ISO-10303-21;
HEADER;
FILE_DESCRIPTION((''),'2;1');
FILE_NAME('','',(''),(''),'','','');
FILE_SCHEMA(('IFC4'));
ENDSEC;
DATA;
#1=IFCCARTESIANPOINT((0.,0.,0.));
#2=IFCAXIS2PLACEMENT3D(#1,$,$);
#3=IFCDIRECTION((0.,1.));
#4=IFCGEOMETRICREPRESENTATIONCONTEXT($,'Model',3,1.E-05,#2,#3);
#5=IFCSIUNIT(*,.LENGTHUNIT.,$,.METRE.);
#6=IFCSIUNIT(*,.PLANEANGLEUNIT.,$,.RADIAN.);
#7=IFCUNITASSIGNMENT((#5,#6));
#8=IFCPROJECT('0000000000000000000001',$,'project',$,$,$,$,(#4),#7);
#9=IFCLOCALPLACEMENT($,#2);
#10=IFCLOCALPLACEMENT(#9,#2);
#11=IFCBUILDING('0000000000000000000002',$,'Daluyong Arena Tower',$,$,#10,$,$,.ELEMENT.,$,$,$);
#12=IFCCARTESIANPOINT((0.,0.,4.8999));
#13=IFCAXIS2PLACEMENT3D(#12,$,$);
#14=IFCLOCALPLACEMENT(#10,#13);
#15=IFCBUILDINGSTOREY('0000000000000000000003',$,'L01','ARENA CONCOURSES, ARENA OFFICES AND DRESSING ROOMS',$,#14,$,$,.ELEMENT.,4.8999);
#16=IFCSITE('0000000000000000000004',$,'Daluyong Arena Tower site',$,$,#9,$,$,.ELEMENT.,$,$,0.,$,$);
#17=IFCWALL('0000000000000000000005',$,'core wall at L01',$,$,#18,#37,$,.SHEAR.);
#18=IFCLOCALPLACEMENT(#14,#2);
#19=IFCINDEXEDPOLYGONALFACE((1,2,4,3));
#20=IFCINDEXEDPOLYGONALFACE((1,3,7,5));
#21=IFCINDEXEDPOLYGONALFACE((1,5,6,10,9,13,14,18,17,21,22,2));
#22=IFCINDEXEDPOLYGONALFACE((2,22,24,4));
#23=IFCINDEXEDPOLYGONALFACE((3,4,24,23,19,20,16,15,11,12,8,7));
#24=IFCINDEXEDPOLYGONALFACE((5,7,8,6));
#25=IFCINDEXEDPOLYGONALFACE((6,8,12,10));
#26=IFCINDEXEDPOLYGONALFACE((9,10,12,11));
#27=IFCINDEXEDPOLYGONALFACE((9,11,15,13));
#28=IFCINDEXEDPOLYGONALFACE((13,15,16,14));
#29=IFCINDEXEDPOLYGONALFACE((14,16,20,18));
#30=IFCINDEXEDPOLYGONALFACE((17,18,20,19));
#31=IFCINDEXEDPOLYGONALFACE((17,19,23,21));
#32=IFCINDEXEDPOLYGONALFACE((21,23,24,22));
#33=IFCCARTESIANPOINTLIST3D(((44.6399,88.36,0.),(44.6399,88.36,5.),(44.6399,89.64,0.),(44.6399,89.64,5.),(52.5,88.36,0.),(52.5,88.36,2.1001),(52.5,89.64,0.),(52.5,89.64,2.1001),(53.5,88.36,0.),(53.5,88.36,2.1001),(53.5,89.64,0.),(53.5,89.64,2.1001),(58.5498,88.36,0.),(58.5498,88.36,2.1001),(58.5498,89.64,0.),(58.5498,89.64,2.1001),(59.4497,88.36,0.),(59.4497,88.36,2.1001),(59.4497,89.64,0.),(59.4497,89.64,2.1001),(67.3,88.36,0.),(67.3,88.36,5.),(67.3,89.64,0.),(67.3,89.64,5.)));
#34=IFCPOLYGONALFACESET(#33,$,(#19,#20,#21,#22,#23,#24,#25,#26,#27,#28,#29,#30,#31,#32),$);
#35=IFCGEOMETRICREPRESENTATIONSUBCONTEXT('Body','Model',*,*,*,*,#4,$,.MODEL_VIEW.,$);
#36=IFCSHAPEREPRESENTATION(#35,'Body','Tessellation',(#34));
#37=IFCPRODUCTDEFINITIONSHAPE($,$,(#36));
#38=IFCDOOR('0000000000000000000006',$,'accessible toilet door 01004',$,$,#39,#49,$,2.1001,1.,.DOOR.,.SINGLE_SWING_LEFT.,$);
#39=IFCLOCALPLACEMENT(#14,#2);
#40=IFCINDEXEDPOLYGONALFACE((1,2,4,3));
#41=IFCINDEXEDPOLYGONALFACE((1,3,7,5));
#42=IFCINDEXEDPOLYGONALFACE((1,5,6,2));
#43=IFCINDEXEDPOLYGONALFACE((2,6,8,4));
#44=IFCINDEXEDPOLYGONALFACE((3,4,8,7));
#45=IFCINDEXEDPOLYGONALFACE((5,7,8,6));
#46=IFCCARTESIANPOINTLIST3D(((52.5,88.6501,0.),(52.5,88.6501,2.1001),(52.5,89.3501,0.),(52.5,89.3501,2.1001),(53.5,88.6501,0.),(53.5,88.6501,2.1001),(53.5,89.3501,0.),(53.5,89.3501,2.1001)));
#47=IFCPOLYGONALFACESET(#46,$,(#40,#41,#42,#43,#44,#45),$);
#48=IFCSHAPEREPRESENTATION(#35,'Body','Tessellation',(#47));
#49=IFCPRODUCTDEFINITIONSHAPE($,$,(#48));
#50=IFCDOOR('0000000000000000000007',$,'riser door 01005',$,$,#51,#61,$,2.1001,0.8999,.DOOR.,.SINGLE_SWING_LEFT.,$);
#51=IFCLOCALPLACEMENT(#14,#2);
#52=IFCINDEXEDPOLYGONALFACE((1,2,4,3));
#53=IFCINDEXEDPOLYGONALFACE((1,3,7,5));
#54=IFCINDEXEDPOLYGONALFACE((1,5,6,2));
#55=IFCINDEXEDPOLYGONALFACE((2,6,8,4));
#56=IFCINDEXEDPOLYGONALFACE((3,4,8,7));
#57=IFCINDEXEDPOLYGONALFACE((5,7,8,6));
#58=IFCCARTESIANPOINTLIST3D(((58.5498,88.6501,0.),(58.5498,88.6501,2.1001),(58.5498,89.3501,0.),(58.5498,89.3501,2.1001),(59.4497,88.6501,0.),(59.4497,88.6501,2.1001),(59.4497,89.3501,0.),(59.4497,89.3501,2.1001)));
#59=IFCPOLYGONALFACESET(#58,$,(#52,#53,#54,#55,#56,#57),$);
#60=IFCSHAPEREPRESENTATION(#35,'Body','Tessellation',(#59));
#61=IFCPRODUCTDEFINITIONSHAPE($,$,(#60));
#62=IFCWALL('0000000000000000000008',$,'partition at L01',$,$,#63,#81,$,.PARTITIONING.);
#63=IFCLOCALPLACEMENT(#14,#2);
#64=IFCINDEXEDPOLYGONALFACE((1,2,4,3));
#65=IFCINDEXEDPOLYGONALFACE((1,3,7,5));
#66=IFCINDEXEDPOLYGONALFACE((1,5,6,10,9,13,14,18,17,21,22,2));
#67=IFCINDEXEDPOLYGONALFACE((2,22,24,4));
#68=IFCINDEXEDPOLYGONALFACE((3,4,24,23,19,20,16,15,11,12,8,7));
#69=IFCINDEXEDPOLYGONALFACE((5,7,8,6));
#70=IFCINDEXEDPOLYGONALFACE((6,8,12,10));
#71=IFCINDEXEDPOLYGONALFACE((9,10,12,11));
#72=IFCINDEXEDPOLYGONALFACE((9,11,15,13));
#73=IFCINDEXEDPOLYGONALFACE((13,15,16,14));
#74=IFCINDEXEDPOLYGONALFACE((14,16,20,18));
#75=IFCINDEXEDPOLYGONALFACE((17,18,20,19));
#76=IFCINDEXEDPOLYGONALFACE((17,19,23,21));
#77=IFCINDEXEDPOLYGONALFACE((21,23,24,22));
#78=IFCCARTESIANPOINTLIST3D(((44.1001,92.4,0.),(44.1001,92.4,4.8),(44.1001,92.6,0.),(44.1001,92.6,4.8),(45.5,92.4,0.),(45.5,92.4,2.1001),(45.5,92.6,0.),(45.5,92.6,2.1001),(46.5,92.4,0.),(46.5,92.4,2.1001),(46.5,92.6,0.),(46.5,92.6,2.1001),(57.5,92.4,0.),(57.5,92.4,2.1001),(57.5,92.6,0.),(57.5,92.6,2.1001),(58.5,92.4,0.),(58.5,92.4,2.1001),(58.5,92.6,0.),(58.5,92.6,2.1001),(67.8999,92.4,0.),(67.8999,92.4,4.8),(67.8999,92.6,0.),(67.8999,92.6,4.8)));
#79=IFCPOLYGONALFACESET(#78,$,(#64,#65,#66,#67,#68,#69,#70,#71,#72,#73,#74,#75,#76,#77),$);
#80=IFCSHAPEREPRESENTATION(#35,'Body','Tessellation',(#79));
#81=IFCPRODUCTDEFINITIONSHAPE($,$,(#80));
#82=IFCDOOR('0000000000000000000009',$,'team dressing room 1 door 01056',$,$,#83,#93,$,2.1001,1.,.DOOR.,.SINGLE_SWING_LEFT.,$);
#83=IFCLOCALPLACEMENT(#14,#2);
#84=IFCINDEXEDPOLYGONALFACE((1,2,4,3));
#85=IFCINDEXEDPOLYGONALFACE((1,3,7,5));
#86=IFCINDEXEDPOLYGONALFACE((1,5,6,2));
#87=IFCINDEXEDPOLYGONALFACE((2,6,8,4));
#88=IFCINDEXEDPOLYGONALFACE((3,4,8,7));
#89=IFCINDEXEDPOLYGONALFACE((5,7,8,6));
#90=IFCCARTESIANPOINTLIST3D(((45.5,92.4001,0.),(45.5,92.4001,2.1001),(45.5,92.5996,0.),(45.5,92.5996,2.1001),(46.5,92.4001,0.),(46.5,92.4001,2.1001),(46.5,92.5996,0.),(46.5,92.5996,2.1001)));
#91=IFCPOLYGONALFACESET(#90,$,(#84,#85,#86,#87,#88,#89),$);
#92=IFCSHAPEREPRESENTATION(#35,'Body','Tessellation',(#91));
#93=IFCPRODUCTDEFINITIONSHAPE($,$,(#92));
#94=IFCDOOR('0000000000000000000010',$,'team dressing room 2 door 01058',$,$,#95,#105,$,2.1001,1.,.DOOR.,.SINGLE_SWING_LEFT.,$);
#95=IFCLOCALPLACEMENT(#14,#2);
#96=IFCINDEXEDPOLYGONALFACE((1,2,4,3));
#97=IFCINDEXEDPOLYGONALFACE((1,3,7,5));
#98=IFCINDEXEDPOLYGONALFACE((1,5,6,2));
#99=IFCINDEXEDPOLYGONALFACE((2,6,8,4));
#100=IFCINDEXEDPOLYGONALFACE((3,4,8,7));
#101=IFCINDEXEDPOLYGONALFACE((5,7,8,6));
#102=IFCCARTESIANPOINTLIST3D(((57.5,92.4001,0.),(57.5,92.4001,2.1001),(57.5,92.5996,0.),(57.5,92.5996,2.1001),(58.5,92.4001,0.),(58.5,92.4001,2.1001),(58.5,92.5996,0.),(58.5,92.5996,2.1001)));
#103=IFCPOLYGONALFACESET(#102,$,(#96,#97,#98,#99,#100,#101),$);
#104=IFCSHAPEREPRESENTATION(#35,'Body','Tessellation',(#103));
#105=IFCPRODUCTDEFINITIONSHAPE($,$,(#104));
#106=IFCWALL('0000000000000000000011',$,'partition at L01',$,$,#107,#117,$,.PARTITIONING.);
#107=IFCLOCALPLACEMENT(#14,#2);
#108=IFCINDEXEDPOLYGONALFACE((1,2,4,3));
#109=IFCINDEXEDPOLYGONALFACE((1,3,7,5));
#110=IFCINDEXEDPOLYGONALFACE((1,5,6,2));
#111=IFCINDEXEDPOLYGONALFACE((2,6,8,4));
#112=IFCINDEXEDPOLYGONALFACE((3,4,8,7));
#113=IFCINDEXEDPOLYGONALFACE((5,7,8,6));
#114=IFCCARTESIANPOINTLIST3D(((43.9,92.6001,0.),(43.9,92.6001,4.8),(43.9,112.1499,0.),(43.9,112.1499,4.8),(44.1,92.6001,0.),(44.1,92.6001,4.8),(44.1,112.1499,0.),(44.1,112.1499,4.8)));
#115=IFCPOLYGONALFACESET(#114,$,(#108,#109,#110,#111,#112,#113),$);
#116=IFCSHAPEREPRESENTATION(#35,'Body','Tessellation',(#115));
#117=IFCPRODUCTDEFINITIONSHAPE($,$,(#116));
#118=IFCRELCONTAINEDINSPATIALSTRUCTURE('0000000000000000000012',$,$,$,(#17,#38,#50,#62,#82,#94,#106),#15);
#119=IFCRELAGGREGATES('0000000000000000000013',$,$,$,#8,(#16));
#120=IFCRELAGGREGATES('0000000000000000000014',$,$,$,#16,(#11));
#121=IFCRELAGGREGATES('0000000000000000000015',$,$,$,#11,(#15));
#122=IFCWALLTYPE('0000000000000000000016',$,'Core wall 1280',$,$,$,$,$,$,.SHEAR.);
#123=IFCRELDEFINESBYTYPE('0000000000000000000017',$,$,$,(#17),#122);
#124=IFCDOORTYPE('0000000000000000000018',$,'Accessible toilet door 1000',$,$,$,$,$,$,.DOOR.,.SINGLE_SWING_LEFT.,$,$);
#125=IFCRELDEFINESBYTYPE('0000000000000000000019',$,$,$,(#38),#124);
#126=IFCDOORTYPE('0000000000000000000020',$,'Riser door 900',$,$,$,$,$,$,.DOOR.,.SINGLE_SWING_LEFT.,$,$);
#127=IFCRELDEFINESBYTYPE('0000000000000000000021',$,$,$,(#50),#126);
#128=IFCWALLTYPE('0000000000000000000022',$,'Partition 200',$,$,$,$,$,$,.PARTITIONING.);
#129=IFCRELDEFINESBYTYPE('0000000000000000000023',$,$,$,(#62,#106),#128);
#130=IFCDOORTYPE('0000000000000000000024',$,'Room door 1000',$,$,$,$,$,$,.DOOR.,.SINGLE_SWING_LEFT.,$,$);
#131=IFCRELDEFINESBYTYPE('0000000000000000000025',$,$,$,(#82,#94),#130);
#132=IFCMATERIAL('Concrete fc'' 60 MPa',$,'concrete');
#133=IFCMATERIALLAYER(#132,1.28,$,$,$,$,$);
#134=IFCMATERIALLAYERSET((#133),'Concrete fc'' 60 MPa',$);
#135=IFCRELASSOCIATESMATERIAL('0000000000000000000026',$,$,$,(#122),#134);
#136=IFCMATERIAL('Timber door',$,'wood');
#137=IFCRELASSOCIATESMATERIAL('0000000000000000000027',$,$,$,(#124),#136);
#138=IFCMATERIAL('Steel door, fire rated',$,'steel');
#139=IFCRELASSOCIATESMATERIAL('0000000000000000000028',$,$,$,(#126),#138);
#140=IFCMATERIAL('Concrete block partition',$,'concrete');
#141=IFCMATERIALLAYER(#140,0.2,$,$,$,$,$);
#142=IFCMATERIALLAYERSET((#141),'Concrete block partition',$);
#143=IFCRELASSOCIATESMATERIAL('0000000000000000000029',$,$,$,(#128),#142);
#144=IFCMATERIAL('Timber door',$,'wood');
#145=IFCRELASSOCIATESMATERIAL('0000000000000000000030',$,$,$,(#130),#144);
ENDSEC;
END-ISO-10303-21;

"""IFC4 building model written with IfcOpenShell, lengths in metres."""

from ifc_helpers import new_model, si_unit, direction, frame, frame_2d, origin, place, context, subcontext, project, spatial, rectangle, extrude, material, layer, layer_set, type_object, element, fill, save


model = new_model("IFC4")

# Units and contexts
model_context = context("Model", 3, precision=1e-05, world=origin(), true_north=direction((0.0, 1.0)))
body_context = subcontext(model_context, "Body", "Model", "MODEL_VIEW")
ifc_project = project(units=[si_unit("LENGTHUNIT", "METRE"), si_unit("PLANEANGLEUNIT", "RADIAN")], contexts=[model_context])

# Site, building, storey
site_placement = place(None, origin())
site = spatial("IfcSite", under=ifc_project, at=site_placement, Name="Daluyong Arena Tower site", CompositionType="ELEMENT", RefElevation=0.0)
building_placement = place(site_placement, origin())
building = spatial("IfcBuilding", under=site, at=building_placement, Name="Daluyong Arena Tower", CompositionType="ELEMENT")
storey_placement = place(building_placement, frame((0.0, 0.0, 4.8999)))
storey = spatial("IfcBuildingStorey", under=building, at=storey_placement, Name="L01", Description="ARENA CONCOURSES, ARENA OFFICES AND DRESSING ROOMS", CompositionType="ELEMENT", Elevation=4.8999)

# Walls, openings, doors
ifc_material_1 = material(Name="Concrete fc' 60 MPa", Category="concrete")
ifc_layer_1 = layer(ifc_material_1, 1.28)
ifc_layer_set_1 = layer_set([ifc_layer_1], Name="Concrete fc' 60 MPa")
wall_type_1 = type_object("IfcWallType", Name="Core wall 1280", PredefinedType="SHEAR", material=ifc_layer_set_1)
wall_1_placement = place(storey_placement, frame((44.6399, 89.0, 0.0), z_axis=(0.0, 0.0, 1.0), x_axis=(1.0, 0.0, 0.0)))
wall_1 = element("IfcWall", 1, at=wall_1_placement, inside=storey, type_object=wall_type_1, Name="core wall at L01", PredefinedType="SHEAR", context=body_context, shape_type="SweptSolid", body=[
    extrude(rectangle(XDim=22.6602, YDim=1.28, at=frame_2d((11.3301, 0.0))), origin(), (0.0, 0.0, 1.0), 5.0),
])
opening_1_placement = place(wall_1_placement, frame((7.8601, 0.0, 0.0)))
opening_1 = element("IfcOpeningElement", 2, at=opening_1_placement, cuts=wall_1, PredefinedType="OPENING", context=body_context, shape_type="SweptSolid", body=[
    extrude(rectangle(XDim=1.0, YDim=2.1001, at=frame_2d((0.5, 1.05))), frame((0.0, 0.6499, 0.0), z_axis=(0.0, -1.0, 0.0), x_axis=(1.0, 0.0, 0.0)), (0.0, 0.0, 1.0), 1.3),
])
opening_2_placement = place(wall_1_placement, frame((13.9099, 0.0, 0.0)))
opening_2 = element("IfcOpeningElement", 3, at=opening_2_placement, cuts=wall_1, PredefinedType="OPENING", context=body_context, shape_type="SweptSolid", body=[
    extrude(rectangle(XDim=0.8999, YDim=2.1001, at=frame_2d((0.45, 1.05))), frame((0.0, 0.6499, 0.0), z_axis=(0.0, -1.0, 0.0), x_axis=(1.0, 0.0, 0.0)), (0.0, 0.0, 1.0), 1.3),
])
ifc_material_2 = material(Name="Timber door", Category="wood")
door_type_1 = type_object("IfcDoorType", Name="Accessible toilet door 1000", OperationType="SINGLE_SWING_LEFT", PredefinedType="DOOR", material=ifc_material_2)
door_1_placement = place(opening_1_placement, origin())
door_1 = element("IfcDoor", 4, at=door_1_placement, inside=storey, type_object=door_type_1, Name="accessible toilet door 01004", OperationType="SINGLE_SWING_LEFT", OverallHeight=2.1001, OverallWidth=1.0, PredefinedType="DOOR", context=body_context, shape_type="SweptSolid", body=[
    extrude(rectangle(XDim=1.0, YDim=2.1001, at=frame_2d((0.5, 1.05))), frame((0.0, 0.3501, 0.0), z_axis=(0.0, -1.0, 0.0), x_axis=(1.0, 0.0, 0.0)), (0.0, 0.0, 1.0), 0.7),
])
fill(opening_1, door_1)
ifc_material_3 = material(Name="Steel door, fire rated", Category="steel")
door_type_2 = type_object("IfcDoorType", Name="Riser door 900", OperationType="SINGLE_SWING_LEFT", PredefinedType="DOOR", material=ifc_material_3)
door_2_placement = place(opening_2_placement, origin())
door_2 = element("IfcDoor", 5, at=door_2_placement, inside=storey, type_object=door_type_2, Name="riser door 01005", OperationType="SINGLE_SWING_LEFT", OverallHeight=2.1001, OverallWidth=0.8999, PredefinedType="DOOR", context=body_context, shape_type="SweptSolid", body=[
    extrude(rectangle(XDim=0.8999, YDim=2.1001, at=frame_2d((0.45, 1.05))), frame((0.0, 0.3501, 0.0), z_axis=(0.0, -1.0, 0.0), x_axis=(1.0, 0.0, 0.0)), (0.0, 0.0, 1.0), 0.7),
])
fill(opening_2, door_2)
ifc_material_4 = material(Name="Concrete block partition", Category="concrete")
ifc_layer_2 = layer(ifc_material_4, 0.2)
ifc_layer_set_2 = layer_set([ifc_layer_2], Name="Concrete block partition")
wall_type_2 = type_object("IfcWallType", Name="Partition 200", PredefinedType="PARTITIONING", material=ifc_layer_set_2)
wall_2_placement = place(storey_placement, frame((44.1001, 92.5, 0.0), z_axis=(0.0, 0.0, 1.0), x_axis=(1.0, 0.0, 0.0)))
wall_2 = element("IfcWall", 6, at=wall_2_placement, inside=storey, type_object=wall_type_2, Name="partition at L01", PredefinedType="PARTITIONING", context=body_context, shape_type="SweptSolid", body=[
    extrude(rectangle(XDim=23.7998, YDim=0.2, at=frame_2d((11.8999, 0.0))), origin(), (0.0, 0.0, 1.0), 4.8),
])
opening_3_placement = place(wall_2_placement, frame((1.3999, 0.0, 0.0)))
opening_3 = element("IfcOpeningElement", 7, at=opening_3_placement, cuts=wall_2, PredefinedType="OPENING", context=body_context, shape_type="SweptSolid", body=[
    extrude(rectangle(XDim=1.0, YDim=2.1001, at=frame_2d((0.5, 1.05))), frame((0.0, 0.1099, 0.0), z_axis=(0.0, -1.0, 0.0), x_axis=(1.0, 0.0, 0.0)), (0.0, 0.0, 1.0), 0.22),
])
opening_4_placement = place(wall_2_placement, frame((13.3999, 0.0, 0.0)))
opening_4 = element("IfcOpeningElement", 8, at=opening_4_placement, cuts=wall_2, PredefinedType="OPENING", context=body_context, shape_type="SweptSolid", body=[
    extrude(rectangle(XDim=1.0, YDim=2.1001, at=frame_2d((0.5, 1.05))), frame((0.0, 0.1099, 0.0), z_axis=(0.0, -1.0, 0.0), x_axis=(1.0, 0.0, 0.0)), (0.0, 0.0, 1.0), 0.22),
])
ifc_material_5 = material(Name="Timber door", Category="wood")
door_type_3 = type_object("IfcDoorType", Name="Room door 1000", OperationType="SINGLE_SWING_LEFT", PredefinedType="DOOR", material=ifc_material_5)
door_3_placement = place(opening_3_placement, origin())
door_3 = element("IfcDoor", 9, at=door_3_placement, inside=storey, type_object=door_type_3, Name="team dressing room 1 door 01056", OperationType="SINGLE_SWING_LEFT", OverallHeight=2.1001, OverallWidth=1.0, PredefinedType="DOOR", context=body_context, shape_type="SweptSolid", body=[
    extrude(rectangle(XDim=1.0, YDim=2.1001, at=frame_2d((0.5, 1.05))), frame((0.0, 0.0996, 0.0), z_axis=(0.0, -1.0, 0.0), x_axis=(1.0, 0.0, 0.0)), (0.0, 0.0, 1.0), 0.1995),
])
fill(opening_3, door_3)
door_4_placement = place(opening_4_placement, origin())
door_4 = element("IfcDoor", 10, at=door_4_placement, inside=storey, type_object=door_type_3, Name="team dressing room 2 door 01058", OperationType="SINGLE_SWING_LEFT", OverallHeight=2.1001, OverallWidth=1.0, PredefinedType="DOOR", context=body_context, shape_type="SweptSolid", body=[
    extrude(rectangle(XDim=1.0, YDim=2.1001, at=frame_2d((0.5, 1.05))), frame((0.0, 0.0996, 0.0), z_axis=(0.0, -1.0, 0.0), x_axis=(1.0, 0.0, 0.0)), (0.0, 0.0, 1.0), 0.1995),
])
fill(opening_4, door_4)

# Wall
wall_3_placement = place(storey_placement, frame((44.0, 92.6001, 0.0), z_axis=(0.0, 0.0, 1.0), x_axis=(0.0, 1.0, 0.0)))
element("IfcWall", 11, at=wall_3_placement, inside=storey, type_object=wall_type_2, Name="partition at L01", PredefinedType="PARTITIONING", context=body_context, shape_type="SweptSolid", body=[
    extrude(rectangle(XDim=19.5498, YDim=0.2, at=frame_2d((9.7749, 0.0))), origin(), (0.0, 0.0, 1.0), 4.8),
])

save(model, "model.ifc")
